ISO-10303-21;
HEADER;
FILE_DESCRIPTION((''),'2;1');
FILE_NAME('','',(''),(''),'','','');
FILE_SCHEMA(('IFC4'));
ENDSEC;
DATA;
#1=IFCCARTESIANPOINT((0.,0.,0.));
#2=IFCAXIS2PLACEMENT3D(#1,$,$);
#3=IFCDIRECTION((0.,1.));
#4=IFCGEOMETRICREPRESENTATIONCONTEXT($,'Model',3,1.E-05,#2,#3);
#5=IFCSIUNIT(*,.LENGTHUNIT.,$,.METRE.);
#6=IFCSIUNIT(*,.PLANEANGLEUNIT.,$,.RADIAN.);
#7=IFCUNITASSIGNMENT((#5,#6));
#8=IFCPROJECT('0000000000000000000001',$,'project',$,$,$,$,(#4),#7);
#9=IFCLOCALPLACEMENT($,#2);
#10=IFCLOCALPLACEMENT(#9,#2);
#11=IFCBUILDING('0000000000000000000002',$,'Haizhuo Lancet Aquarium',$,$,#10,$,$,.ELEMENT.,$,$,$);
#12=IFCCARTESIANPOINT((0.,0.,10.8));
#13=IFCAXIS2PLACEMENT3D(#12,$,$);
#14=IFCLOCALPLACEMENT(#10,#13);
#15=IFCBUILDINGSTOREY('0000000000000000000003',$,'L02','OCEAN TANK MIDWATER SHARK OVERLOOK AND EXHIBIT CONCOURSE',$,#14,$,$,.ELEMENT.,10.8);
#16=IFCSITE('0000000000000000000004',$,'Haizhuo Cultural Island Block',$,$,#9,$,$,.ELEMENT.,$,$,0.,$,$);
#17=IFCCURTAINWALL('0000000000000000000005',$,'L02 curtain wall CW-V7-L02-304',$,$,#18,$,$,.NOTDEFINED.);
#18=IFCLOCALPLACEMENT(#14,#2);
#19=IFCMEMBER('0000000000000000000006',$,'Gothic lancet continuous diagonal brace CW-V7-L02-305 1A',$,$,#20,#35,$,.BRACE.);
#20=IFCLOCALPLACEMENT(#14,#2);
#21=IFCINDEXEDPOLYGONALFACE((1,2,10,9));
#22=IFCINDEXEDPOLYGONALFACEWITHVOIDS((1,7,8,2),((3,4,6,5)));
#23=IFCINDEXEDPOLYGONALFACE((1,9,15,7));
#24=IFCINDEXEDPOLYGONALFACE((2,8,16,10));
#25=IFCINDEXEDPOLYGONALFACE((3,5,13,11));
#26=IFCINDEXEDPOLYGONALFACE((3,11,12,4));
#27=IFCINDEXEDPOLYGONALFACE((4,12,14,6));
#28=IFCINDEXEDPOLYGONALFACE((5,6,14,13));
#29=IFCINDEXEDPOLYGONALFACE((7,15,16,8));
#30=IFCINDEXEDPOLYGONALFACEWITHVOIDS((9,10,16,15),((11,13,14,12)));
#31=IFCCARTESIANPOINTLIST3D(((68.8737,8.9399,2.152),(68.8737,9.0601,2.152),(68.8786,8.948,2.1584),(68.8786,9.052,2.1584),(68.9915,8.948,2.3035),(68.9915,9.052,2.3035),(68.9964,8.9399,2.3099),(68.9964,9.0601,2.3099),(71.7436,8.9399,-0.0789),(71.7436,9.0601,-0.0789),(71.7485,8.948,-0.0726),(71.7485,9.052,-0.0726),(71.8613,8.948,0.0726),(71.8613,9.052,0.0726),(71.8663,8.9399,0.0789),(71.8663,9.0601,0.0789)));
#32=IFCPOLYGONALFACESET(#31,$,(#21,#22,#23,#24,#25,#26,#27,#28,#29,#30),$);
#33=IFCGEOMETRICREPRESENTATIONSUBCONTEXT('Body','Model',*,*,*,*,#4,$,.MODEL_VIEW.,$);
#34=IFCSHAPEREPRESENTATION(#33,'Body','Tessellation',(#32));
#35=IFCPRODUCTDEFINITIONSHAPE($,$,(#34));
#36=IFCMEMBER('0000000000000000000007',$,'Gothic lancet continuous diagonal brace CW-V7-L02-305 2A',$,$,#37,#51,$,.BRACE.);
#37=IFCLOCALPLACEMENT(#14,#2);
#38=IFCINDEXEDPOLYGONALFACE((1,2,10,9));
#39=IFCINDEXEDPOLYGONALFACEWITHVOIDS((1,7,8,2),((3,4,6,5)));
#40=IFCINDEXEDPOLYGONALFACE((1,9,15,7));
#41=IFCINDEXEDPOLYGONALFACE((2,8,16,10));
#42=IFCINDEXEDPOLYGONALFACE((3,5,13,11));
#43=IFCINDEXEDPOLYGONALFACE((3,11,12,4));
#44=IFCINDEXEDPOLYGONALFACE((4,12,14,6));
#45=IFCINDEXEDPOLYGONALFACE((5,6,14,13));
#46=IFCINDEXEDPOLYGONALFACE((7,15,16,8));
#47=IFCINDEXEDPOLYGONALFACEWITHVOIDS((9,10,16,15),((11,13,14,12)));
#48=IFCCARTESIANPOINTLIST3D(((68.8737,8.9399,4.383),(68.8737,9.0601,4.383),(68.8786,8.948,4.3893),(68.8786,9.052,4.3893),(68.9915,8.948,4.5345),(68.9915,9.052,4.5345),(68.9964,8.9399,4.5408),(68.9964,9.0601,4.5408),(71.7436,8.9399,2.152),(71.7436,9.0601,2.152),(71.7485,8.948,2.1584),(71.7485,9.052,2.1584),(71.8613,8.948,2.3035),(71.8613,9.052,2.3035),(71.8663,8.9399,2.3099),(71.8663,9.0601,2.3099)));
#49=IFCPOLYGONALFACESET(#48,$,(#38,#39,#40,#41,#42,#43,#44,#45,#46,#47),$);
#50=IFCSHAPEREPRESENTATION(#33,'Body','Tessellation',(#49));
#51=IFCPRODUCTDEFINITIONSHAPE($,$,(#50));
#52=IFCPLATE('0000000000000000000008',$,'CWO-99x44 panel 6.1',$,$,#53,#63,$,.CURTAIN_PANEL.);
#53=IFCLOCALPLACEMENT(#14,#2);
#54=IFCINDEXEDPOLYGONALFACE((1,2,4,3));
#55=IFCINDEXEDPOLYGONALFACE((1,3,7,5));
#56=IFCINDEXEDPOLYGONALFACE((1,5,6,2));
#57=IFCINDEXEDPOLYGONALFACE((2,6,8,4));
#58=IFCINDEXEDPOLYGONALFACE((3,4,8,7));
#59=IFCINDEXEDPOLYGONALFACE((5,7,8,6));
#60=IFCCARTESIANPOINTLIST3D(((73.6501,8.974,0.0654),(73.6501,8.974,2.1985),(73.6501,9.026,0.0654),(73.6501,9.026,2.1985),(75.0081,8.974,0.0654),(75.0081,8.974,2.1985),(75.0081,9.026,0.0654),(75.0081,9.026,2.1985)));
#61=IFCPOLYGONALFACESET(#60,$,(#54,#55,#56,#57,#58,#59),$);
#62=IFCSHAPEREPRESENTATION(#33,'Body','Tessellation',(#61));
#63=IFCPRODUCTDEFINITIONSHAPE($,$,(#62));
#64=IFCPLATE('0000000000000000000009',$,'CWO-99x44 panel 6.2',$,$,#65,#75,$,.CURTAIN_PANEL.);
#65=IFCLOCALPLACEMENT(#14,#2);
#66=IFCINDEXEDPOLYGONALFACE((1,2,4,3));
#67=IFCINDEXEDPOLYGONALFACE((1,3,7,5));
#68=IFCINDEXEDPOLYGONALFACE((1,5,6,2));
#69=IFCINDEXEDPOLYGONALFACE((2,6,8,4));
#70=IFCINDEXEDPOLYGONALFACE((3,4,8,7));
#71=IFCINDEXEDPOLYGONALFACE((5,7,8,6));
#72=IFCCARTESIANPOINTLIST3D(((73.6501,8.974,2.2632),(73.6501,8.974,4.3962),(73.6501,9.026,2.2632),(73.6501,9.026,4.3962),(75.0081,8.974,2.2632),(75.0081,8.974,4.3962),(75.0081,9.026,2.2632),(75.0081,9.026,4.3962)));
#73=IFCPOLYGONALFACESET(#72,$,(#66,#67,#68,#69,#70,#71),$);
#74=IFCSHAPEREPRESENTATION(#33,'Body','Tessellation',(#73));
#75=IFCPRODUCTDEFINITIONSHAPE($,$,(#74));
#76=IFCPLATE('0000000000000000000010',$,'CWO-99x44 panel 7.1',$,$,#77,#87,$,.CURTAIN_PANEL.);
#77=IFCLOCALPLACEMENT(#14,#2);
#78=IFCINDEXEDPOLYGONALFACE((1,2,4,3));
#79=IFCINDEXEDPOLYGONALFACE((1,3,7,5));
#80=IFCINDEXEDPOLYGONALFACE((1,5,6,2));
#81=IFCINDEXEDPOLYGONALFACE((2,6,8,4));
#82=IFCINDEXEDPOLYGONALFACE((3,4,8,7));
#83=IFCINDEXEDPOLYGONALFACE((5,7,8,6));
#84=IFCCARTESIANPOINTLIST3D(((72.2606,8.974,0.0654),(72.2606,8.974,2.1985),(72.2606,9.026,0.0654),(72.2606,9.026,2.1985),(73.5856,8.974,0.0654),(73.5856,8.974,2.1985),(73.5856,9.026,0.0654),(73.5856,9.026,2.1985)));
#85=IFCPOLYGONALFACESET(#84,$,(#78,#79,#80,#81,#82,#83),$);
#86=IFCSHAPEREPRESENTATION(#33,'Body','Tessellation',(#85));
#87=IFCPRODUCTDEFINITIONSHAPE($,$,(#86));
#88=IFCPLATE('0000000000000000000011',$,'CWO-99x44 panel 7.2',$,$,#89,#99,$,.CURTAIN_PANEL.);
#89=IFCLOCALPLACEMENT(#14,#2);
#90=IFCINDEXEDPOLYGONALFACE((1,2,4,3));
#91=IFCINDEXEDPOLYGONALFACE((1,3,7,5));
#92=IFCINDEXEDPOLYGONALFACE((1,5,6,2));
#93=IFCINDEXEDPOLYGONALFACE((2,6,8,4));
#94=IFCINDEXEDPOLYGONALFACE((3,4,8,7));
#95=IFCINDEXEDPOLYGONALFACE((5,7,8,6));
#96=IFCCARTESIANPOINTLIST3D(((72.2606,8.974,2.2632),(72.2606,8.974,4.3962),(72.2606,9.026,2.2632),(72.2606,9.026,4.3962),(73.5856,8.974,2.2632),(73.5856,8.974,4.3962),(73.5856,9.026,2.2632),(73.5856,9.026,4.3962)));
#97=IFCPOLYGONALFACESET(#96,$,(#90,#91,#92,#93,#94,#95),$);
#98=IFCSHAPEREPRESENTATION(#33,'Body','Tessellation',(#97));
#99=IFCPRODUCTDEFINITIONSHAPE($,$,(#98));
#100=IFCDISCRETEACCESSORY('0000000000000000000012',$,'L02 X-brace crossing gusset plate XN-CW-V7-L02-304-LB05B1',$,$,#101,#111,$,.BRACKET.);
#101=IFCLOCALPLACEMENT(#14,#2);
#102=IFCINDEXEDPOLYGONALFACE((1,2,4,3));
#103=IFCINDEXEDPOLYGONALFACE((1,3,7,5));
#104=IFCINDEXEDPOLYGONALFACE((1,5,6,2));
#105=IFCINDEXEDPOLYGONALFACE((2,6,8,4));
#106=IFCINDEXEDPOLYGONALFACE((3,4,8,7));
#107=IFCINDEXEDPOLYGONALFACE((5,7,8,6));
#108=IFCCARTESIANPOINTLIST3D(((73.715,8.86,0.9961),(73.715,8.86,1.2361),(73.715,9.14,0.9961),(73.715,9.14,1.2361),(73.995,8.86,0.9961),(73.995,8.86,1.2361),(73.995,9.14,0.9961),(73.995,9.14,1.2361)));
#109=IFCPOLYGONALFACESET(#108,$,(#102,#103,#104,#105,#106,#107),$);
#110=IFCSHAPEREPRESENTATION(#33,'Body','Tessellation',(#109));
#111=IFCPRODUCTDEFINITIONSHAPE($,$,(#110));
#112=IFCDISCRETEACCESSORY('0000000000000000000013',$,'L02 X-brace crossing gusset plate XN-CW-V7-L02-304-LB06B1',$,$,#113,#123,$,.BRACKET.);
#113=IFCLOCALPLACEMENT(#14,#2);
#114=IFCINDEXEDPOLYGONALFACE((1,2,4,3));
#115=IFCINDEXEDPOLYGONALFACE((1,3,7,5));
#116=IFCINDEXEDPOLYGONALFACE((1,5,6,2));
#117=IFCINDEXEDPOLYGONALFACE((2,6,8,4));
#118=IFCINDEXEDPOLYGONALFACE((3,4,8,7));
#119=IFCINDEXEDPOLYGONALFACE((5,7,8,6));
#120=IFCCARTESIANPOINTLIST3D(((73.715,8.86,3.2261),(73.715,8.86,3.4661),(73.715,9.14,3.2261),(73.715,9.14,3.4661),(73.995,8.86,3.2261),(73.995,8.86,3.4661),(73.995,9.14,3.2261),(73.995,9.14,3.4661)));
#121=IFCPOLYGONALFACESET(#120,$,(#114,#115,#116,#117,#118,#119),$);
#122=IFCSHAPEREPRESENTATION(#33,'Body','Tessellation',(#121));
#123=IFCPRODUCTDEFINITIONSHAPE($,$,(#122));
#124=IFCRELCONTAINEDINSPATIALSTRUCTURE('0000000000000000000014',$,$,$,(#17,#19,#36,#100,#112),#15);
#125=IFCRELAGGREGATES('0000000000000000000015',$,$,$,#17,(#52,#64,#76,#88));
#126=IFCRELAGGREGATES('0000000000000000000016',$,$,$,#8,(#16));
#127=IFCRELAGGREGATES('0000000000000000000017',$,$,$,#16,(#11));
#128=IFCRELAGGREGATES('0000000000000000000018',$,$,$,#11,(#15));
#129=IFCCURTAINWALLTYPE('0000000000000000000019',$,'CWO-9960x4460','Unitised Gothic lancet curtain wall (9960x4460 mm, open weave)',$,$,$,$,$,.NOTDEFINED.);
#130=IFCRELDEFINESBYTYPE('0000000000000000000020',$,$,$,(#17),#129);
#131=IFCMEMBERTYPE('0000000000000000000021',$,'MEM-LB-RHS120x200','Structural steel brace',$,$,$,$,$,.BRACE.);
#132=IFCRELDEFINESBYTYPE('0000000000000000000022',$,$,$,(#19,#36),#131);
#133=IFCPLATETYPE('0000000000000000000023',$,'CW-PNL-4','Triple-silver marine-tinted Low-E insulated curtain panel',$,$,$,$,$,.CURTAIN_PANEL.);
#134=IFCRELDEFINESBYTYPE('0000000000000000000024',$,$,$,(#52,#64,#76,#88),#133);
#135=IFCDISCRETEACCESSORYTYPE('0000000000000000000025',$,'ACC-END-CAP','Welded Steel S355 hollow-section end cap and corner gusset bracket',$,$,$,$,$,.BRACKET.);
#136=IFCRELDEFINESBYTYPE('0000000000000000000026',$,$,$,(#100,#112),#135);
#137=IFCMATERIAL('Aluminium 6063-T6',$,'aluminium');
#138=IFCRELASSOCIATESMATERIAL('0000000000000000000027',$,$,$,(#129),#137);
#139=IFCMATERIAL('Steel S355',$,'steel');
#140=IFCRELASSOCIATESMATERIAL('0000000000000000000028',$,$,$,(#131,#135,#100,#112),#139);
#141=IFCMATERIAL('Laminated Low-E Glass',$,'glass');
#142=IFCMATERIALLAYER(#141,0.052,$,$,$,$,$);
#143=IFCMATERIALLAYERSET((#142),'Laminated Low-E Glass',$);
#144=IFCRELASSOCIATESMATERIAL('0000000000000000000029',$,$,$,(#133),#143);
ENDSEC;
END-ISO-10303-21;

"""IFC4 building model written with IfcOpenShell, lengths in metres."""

from ifc_helpers import new_model, si_unit, direction, frame, origin, origin_2d, place, context, subcontext, project, spatial, rectangle, hollow_rectangle, extrude, material, layer, layer_set, material_profile, profile_set, type_object, element, aggregate, save


model = new_model("IFC4")

# Units and contexts
model_context = context("Model", 3, precision=1e-05, world=origin(), true_north=direction((0.0, 1.0)))
body_context = subcontext(model_context, "Body", "Model", "MODEL_VIEW")
ifc_project = project(units=[si_unit("LENGTHUNIT", "METRE"), si_unit("PLANEANGLEUNIT", "RADIAN")], contexts=[model_context])

# Site, building, storey
site_placement = place(None, origin())
site = spatial("IfcSite", under=ifc_project, at=site_placement, Name="Haizhuo Cultural Island Block", CompositionType="ELEMENT", RefElevation=0.0)
building_placement = place(site_placement, origin())
building = spatial("IfcBuilding", under=site, at=building_placement, Name="Haizhuo Lancet Aquarium", CompositionType="ELEMENT")
storey_placement = place(building_placement, frame((0.0, 0.0, 10.8)))
storey = spatial("IfcBuildingStorey", under=building, at=storey_placement, Name="L02", Description="OCEAN TANK MIDWATER SHARK OVERLOOK AND EXHIBIT CONCOURSE", CompositionType="ELEMENT", Elevation=10.8)

# Shared definitions
ifc_material_1 = material(Name="Steel S355", Category="steel")

# Curtain wall
ifc_material_2 = material(Name="Aluminium 6063-T6", Category="aluminium")
curtain_wall_type = type_object("IfcCurtainWallType", Name="CWO-9960x4460", Description="Unitised Gothic lancet curtain wall (9960x4460 mm, open weave)", PredefinedType="NOTDEFINED", material=ifc_material_2)
curtain_wall_placement = place(storey_placement, origin())
curtain_wall = element("IfcCurtainWall", 1, at=curtain_wall_placement, inside=storey, type_object=curtain_wall_type, Name="L02 curtain wall CW-V7-L02-304", PredefinedType="NOTDEFINED")

# Members
ifc_material_profile_1 = material_profile(ifc_material_1, hollow_rectangle(XDim=0.1201, YDim=0.2, WallThickness=0.0081, at=origin_2d()), Name="RHS 120x200x8")
ifc_profile_set_1 = profile_set([ifc_material_profile_1], Name="Steel S355")
member_type_1 = type_object("IfcMemberType", Name="MEM-LB-RHS120x200", Description="Structural steel brace", PredefinedType="BRACE", material=ifc_profile_set_1)
for number, where, z_axis, x_axis, name in (
    (2, (71.8049, 9.0, 0.0), (-0.789508, 0.0, 0.613741), (0.0, -1.0, 0.0), "Gothic lancet continuous diagonal brace CW-V7-L02-305 1A"),
    (3, (71.8049, 9.0, 2.231), (-0.789508, 0.0, 0.613741), (0.0, -1.0, 0.0), "Gothic lancet continuous diagonal brace CW-V7-L02-305 2A"),
):
    element("IfcMember", number, at=place(storey_placement, frame(where, z_axis=z_axis, x_axis=x_axis)), inside=storey, type_object=member_type_1, Name=name, PredefinedType="BRACE", context=body_context, shape_type="SweptSolid", body=[
        extrude(hollow_rectangle(XDim=0.1201, YDim=0.2, WallThickness=0.0081, at=origin_2d()), origin(), (0.0, 0.0, 1.0), 3.635),
    ])

# Plates
ifc_material_3 = material(Name="Laminated Low-E Glass", Category="glass")
ifc_layer = layer(ifc_material_3, 0.052)
ifc_layer_set = layer_set([ifc_layer], Name="Laminated Low-E Glass")
plate_type = type_object("IfcPlateType", Name="CW-PNL-4", Description="Triple-silver marine-tinted Low-E insulated curtain panel", PredefinedType="CURTAIN_PANEL", material=ifc_layer_set)
plate_1_placement = place(storey_placement, frame((74.3291, 9.0, 0.0654), z_axis=(0.0, 0.0, 1.0), x_axis=(-1.0, 0.0, 0.0)))
plate_1 = element("IfcPlate", 4, at=plate_1_placement, type_object=plate_type, Name="CWO-99x44 panel 6.1", PredefinedType="CURTAIN_PANEL", context=body_context, shape_type="SweptSolid", body=[
    extrude(rectangle(XDim=1.3579, YDim=0.052, at=origin_2d()), origin(), (0.0, 0.0, 1.0), 2.1331),
])
plate_2_placement = place(storey_placement, frame((74.3291, 9.0, 2.2632), z_axis=(0.0, 0.0, 1.0), x_axis=(-1.0, 0.0, 0.0)))
plate_2 = element("IfcPlate", 5, at=plate_2_placement, type_object=plate_type, Name="CWO-99x44 panel 6.2", PredefinedType="CURTAIN_PANEL", context=body_context, shape_type="SweptSolid", body=[
    extrude(rectangle(XDim=1.3579, YDim=0.052, at=origin_2d()), origin(), (0.0, 0.0, 1.0), 2.1331),
])
plate_3_placement = place(storey_placement, frame((72.9231, 9.0, 0.0654), z_axis=(0.0, 0.0, 1.0), x_axis=(-1.0, 0.0, 0.0)))
plate_3 = element("IfcPlate", 6, at=plate_3_placement, type_object=plate_type, Name="CWO-99x44 panel 7.1", PredefinedType="CURTAIN_PANEL", context=body_context, shape_type="SweptSolid", body=[
    extrude(rectangle(XDim=1.325, YDim=0.052, at=origin_2d()), origin(), (0.0, 0.0, 1.0), 2.1331),
])
plate_4_placement = place(storey_placement, frame((72.9231, 9.0, 2.2632), z_axis=(0.0, 0.0, 1.0), x_axis=(-1.0, 0.0, 0.0)))
plate_4 = element("IfcPlate", 7, at=plate_4_placement, type_object=plate_type, Name="CWO-99x44 panel 7.2", PredefinedType="CURTAIN_PANEL", context=body_context, shape_type="SweptSolid", body=[
    extrude(rectangle(XDim=1.325, YDim=0.052, at=origin_2d()), origin(), (0.0, 0.0, 1.0), 2.1331),
])
aggregate(curtain_wall, [plate_1, plate_2, plate_3, plate_4])

# Discrete accessories
discrete_accessory_type = type_object("IfcDiscreteAccessoryType", Name="ACC-END-CAP", Description="Welded Steel S355 hollow-section end cap and corner gusset bracket", PredefinedType="BRACKET", material=ifc_material_1)
for number, where, z_axis, x_axis, name in (
    (8, (73.855, 9.0, 0.9961), (0.0, 0.0, 1.0), (1.0, 0.0, 0.0), "L02 X-brace crossing gusset plate XN-CW-V7-L02-304-LB05B1"),
    (9, (73.855, 9.0, 3.2261), (0.0, 0.0, 1.0), (1.0, 0.0, 0.0), "L02 X-brace crossing gusset plate XN-CW-V7-L02-304-LB06B1"),
):
    element("IfcDiscreteAccessory", number, at=place(storey_placement, frame(where, z_axis=z_axis, x_axis=x_axis)), inside=storey, type_object=discrete_accessory_type, material=ifc_material_1, Name=name, PredefinedType="BRACKET", context=body_context, shape_type="SweptSolid", body=[
        extrude(rectangle(XDim=0.28, YDim=0.28, at=origin_2d()), origin(), (0.0, 0.0, 1.0), 0.24),
    ])

save(model, "model.ifc")
